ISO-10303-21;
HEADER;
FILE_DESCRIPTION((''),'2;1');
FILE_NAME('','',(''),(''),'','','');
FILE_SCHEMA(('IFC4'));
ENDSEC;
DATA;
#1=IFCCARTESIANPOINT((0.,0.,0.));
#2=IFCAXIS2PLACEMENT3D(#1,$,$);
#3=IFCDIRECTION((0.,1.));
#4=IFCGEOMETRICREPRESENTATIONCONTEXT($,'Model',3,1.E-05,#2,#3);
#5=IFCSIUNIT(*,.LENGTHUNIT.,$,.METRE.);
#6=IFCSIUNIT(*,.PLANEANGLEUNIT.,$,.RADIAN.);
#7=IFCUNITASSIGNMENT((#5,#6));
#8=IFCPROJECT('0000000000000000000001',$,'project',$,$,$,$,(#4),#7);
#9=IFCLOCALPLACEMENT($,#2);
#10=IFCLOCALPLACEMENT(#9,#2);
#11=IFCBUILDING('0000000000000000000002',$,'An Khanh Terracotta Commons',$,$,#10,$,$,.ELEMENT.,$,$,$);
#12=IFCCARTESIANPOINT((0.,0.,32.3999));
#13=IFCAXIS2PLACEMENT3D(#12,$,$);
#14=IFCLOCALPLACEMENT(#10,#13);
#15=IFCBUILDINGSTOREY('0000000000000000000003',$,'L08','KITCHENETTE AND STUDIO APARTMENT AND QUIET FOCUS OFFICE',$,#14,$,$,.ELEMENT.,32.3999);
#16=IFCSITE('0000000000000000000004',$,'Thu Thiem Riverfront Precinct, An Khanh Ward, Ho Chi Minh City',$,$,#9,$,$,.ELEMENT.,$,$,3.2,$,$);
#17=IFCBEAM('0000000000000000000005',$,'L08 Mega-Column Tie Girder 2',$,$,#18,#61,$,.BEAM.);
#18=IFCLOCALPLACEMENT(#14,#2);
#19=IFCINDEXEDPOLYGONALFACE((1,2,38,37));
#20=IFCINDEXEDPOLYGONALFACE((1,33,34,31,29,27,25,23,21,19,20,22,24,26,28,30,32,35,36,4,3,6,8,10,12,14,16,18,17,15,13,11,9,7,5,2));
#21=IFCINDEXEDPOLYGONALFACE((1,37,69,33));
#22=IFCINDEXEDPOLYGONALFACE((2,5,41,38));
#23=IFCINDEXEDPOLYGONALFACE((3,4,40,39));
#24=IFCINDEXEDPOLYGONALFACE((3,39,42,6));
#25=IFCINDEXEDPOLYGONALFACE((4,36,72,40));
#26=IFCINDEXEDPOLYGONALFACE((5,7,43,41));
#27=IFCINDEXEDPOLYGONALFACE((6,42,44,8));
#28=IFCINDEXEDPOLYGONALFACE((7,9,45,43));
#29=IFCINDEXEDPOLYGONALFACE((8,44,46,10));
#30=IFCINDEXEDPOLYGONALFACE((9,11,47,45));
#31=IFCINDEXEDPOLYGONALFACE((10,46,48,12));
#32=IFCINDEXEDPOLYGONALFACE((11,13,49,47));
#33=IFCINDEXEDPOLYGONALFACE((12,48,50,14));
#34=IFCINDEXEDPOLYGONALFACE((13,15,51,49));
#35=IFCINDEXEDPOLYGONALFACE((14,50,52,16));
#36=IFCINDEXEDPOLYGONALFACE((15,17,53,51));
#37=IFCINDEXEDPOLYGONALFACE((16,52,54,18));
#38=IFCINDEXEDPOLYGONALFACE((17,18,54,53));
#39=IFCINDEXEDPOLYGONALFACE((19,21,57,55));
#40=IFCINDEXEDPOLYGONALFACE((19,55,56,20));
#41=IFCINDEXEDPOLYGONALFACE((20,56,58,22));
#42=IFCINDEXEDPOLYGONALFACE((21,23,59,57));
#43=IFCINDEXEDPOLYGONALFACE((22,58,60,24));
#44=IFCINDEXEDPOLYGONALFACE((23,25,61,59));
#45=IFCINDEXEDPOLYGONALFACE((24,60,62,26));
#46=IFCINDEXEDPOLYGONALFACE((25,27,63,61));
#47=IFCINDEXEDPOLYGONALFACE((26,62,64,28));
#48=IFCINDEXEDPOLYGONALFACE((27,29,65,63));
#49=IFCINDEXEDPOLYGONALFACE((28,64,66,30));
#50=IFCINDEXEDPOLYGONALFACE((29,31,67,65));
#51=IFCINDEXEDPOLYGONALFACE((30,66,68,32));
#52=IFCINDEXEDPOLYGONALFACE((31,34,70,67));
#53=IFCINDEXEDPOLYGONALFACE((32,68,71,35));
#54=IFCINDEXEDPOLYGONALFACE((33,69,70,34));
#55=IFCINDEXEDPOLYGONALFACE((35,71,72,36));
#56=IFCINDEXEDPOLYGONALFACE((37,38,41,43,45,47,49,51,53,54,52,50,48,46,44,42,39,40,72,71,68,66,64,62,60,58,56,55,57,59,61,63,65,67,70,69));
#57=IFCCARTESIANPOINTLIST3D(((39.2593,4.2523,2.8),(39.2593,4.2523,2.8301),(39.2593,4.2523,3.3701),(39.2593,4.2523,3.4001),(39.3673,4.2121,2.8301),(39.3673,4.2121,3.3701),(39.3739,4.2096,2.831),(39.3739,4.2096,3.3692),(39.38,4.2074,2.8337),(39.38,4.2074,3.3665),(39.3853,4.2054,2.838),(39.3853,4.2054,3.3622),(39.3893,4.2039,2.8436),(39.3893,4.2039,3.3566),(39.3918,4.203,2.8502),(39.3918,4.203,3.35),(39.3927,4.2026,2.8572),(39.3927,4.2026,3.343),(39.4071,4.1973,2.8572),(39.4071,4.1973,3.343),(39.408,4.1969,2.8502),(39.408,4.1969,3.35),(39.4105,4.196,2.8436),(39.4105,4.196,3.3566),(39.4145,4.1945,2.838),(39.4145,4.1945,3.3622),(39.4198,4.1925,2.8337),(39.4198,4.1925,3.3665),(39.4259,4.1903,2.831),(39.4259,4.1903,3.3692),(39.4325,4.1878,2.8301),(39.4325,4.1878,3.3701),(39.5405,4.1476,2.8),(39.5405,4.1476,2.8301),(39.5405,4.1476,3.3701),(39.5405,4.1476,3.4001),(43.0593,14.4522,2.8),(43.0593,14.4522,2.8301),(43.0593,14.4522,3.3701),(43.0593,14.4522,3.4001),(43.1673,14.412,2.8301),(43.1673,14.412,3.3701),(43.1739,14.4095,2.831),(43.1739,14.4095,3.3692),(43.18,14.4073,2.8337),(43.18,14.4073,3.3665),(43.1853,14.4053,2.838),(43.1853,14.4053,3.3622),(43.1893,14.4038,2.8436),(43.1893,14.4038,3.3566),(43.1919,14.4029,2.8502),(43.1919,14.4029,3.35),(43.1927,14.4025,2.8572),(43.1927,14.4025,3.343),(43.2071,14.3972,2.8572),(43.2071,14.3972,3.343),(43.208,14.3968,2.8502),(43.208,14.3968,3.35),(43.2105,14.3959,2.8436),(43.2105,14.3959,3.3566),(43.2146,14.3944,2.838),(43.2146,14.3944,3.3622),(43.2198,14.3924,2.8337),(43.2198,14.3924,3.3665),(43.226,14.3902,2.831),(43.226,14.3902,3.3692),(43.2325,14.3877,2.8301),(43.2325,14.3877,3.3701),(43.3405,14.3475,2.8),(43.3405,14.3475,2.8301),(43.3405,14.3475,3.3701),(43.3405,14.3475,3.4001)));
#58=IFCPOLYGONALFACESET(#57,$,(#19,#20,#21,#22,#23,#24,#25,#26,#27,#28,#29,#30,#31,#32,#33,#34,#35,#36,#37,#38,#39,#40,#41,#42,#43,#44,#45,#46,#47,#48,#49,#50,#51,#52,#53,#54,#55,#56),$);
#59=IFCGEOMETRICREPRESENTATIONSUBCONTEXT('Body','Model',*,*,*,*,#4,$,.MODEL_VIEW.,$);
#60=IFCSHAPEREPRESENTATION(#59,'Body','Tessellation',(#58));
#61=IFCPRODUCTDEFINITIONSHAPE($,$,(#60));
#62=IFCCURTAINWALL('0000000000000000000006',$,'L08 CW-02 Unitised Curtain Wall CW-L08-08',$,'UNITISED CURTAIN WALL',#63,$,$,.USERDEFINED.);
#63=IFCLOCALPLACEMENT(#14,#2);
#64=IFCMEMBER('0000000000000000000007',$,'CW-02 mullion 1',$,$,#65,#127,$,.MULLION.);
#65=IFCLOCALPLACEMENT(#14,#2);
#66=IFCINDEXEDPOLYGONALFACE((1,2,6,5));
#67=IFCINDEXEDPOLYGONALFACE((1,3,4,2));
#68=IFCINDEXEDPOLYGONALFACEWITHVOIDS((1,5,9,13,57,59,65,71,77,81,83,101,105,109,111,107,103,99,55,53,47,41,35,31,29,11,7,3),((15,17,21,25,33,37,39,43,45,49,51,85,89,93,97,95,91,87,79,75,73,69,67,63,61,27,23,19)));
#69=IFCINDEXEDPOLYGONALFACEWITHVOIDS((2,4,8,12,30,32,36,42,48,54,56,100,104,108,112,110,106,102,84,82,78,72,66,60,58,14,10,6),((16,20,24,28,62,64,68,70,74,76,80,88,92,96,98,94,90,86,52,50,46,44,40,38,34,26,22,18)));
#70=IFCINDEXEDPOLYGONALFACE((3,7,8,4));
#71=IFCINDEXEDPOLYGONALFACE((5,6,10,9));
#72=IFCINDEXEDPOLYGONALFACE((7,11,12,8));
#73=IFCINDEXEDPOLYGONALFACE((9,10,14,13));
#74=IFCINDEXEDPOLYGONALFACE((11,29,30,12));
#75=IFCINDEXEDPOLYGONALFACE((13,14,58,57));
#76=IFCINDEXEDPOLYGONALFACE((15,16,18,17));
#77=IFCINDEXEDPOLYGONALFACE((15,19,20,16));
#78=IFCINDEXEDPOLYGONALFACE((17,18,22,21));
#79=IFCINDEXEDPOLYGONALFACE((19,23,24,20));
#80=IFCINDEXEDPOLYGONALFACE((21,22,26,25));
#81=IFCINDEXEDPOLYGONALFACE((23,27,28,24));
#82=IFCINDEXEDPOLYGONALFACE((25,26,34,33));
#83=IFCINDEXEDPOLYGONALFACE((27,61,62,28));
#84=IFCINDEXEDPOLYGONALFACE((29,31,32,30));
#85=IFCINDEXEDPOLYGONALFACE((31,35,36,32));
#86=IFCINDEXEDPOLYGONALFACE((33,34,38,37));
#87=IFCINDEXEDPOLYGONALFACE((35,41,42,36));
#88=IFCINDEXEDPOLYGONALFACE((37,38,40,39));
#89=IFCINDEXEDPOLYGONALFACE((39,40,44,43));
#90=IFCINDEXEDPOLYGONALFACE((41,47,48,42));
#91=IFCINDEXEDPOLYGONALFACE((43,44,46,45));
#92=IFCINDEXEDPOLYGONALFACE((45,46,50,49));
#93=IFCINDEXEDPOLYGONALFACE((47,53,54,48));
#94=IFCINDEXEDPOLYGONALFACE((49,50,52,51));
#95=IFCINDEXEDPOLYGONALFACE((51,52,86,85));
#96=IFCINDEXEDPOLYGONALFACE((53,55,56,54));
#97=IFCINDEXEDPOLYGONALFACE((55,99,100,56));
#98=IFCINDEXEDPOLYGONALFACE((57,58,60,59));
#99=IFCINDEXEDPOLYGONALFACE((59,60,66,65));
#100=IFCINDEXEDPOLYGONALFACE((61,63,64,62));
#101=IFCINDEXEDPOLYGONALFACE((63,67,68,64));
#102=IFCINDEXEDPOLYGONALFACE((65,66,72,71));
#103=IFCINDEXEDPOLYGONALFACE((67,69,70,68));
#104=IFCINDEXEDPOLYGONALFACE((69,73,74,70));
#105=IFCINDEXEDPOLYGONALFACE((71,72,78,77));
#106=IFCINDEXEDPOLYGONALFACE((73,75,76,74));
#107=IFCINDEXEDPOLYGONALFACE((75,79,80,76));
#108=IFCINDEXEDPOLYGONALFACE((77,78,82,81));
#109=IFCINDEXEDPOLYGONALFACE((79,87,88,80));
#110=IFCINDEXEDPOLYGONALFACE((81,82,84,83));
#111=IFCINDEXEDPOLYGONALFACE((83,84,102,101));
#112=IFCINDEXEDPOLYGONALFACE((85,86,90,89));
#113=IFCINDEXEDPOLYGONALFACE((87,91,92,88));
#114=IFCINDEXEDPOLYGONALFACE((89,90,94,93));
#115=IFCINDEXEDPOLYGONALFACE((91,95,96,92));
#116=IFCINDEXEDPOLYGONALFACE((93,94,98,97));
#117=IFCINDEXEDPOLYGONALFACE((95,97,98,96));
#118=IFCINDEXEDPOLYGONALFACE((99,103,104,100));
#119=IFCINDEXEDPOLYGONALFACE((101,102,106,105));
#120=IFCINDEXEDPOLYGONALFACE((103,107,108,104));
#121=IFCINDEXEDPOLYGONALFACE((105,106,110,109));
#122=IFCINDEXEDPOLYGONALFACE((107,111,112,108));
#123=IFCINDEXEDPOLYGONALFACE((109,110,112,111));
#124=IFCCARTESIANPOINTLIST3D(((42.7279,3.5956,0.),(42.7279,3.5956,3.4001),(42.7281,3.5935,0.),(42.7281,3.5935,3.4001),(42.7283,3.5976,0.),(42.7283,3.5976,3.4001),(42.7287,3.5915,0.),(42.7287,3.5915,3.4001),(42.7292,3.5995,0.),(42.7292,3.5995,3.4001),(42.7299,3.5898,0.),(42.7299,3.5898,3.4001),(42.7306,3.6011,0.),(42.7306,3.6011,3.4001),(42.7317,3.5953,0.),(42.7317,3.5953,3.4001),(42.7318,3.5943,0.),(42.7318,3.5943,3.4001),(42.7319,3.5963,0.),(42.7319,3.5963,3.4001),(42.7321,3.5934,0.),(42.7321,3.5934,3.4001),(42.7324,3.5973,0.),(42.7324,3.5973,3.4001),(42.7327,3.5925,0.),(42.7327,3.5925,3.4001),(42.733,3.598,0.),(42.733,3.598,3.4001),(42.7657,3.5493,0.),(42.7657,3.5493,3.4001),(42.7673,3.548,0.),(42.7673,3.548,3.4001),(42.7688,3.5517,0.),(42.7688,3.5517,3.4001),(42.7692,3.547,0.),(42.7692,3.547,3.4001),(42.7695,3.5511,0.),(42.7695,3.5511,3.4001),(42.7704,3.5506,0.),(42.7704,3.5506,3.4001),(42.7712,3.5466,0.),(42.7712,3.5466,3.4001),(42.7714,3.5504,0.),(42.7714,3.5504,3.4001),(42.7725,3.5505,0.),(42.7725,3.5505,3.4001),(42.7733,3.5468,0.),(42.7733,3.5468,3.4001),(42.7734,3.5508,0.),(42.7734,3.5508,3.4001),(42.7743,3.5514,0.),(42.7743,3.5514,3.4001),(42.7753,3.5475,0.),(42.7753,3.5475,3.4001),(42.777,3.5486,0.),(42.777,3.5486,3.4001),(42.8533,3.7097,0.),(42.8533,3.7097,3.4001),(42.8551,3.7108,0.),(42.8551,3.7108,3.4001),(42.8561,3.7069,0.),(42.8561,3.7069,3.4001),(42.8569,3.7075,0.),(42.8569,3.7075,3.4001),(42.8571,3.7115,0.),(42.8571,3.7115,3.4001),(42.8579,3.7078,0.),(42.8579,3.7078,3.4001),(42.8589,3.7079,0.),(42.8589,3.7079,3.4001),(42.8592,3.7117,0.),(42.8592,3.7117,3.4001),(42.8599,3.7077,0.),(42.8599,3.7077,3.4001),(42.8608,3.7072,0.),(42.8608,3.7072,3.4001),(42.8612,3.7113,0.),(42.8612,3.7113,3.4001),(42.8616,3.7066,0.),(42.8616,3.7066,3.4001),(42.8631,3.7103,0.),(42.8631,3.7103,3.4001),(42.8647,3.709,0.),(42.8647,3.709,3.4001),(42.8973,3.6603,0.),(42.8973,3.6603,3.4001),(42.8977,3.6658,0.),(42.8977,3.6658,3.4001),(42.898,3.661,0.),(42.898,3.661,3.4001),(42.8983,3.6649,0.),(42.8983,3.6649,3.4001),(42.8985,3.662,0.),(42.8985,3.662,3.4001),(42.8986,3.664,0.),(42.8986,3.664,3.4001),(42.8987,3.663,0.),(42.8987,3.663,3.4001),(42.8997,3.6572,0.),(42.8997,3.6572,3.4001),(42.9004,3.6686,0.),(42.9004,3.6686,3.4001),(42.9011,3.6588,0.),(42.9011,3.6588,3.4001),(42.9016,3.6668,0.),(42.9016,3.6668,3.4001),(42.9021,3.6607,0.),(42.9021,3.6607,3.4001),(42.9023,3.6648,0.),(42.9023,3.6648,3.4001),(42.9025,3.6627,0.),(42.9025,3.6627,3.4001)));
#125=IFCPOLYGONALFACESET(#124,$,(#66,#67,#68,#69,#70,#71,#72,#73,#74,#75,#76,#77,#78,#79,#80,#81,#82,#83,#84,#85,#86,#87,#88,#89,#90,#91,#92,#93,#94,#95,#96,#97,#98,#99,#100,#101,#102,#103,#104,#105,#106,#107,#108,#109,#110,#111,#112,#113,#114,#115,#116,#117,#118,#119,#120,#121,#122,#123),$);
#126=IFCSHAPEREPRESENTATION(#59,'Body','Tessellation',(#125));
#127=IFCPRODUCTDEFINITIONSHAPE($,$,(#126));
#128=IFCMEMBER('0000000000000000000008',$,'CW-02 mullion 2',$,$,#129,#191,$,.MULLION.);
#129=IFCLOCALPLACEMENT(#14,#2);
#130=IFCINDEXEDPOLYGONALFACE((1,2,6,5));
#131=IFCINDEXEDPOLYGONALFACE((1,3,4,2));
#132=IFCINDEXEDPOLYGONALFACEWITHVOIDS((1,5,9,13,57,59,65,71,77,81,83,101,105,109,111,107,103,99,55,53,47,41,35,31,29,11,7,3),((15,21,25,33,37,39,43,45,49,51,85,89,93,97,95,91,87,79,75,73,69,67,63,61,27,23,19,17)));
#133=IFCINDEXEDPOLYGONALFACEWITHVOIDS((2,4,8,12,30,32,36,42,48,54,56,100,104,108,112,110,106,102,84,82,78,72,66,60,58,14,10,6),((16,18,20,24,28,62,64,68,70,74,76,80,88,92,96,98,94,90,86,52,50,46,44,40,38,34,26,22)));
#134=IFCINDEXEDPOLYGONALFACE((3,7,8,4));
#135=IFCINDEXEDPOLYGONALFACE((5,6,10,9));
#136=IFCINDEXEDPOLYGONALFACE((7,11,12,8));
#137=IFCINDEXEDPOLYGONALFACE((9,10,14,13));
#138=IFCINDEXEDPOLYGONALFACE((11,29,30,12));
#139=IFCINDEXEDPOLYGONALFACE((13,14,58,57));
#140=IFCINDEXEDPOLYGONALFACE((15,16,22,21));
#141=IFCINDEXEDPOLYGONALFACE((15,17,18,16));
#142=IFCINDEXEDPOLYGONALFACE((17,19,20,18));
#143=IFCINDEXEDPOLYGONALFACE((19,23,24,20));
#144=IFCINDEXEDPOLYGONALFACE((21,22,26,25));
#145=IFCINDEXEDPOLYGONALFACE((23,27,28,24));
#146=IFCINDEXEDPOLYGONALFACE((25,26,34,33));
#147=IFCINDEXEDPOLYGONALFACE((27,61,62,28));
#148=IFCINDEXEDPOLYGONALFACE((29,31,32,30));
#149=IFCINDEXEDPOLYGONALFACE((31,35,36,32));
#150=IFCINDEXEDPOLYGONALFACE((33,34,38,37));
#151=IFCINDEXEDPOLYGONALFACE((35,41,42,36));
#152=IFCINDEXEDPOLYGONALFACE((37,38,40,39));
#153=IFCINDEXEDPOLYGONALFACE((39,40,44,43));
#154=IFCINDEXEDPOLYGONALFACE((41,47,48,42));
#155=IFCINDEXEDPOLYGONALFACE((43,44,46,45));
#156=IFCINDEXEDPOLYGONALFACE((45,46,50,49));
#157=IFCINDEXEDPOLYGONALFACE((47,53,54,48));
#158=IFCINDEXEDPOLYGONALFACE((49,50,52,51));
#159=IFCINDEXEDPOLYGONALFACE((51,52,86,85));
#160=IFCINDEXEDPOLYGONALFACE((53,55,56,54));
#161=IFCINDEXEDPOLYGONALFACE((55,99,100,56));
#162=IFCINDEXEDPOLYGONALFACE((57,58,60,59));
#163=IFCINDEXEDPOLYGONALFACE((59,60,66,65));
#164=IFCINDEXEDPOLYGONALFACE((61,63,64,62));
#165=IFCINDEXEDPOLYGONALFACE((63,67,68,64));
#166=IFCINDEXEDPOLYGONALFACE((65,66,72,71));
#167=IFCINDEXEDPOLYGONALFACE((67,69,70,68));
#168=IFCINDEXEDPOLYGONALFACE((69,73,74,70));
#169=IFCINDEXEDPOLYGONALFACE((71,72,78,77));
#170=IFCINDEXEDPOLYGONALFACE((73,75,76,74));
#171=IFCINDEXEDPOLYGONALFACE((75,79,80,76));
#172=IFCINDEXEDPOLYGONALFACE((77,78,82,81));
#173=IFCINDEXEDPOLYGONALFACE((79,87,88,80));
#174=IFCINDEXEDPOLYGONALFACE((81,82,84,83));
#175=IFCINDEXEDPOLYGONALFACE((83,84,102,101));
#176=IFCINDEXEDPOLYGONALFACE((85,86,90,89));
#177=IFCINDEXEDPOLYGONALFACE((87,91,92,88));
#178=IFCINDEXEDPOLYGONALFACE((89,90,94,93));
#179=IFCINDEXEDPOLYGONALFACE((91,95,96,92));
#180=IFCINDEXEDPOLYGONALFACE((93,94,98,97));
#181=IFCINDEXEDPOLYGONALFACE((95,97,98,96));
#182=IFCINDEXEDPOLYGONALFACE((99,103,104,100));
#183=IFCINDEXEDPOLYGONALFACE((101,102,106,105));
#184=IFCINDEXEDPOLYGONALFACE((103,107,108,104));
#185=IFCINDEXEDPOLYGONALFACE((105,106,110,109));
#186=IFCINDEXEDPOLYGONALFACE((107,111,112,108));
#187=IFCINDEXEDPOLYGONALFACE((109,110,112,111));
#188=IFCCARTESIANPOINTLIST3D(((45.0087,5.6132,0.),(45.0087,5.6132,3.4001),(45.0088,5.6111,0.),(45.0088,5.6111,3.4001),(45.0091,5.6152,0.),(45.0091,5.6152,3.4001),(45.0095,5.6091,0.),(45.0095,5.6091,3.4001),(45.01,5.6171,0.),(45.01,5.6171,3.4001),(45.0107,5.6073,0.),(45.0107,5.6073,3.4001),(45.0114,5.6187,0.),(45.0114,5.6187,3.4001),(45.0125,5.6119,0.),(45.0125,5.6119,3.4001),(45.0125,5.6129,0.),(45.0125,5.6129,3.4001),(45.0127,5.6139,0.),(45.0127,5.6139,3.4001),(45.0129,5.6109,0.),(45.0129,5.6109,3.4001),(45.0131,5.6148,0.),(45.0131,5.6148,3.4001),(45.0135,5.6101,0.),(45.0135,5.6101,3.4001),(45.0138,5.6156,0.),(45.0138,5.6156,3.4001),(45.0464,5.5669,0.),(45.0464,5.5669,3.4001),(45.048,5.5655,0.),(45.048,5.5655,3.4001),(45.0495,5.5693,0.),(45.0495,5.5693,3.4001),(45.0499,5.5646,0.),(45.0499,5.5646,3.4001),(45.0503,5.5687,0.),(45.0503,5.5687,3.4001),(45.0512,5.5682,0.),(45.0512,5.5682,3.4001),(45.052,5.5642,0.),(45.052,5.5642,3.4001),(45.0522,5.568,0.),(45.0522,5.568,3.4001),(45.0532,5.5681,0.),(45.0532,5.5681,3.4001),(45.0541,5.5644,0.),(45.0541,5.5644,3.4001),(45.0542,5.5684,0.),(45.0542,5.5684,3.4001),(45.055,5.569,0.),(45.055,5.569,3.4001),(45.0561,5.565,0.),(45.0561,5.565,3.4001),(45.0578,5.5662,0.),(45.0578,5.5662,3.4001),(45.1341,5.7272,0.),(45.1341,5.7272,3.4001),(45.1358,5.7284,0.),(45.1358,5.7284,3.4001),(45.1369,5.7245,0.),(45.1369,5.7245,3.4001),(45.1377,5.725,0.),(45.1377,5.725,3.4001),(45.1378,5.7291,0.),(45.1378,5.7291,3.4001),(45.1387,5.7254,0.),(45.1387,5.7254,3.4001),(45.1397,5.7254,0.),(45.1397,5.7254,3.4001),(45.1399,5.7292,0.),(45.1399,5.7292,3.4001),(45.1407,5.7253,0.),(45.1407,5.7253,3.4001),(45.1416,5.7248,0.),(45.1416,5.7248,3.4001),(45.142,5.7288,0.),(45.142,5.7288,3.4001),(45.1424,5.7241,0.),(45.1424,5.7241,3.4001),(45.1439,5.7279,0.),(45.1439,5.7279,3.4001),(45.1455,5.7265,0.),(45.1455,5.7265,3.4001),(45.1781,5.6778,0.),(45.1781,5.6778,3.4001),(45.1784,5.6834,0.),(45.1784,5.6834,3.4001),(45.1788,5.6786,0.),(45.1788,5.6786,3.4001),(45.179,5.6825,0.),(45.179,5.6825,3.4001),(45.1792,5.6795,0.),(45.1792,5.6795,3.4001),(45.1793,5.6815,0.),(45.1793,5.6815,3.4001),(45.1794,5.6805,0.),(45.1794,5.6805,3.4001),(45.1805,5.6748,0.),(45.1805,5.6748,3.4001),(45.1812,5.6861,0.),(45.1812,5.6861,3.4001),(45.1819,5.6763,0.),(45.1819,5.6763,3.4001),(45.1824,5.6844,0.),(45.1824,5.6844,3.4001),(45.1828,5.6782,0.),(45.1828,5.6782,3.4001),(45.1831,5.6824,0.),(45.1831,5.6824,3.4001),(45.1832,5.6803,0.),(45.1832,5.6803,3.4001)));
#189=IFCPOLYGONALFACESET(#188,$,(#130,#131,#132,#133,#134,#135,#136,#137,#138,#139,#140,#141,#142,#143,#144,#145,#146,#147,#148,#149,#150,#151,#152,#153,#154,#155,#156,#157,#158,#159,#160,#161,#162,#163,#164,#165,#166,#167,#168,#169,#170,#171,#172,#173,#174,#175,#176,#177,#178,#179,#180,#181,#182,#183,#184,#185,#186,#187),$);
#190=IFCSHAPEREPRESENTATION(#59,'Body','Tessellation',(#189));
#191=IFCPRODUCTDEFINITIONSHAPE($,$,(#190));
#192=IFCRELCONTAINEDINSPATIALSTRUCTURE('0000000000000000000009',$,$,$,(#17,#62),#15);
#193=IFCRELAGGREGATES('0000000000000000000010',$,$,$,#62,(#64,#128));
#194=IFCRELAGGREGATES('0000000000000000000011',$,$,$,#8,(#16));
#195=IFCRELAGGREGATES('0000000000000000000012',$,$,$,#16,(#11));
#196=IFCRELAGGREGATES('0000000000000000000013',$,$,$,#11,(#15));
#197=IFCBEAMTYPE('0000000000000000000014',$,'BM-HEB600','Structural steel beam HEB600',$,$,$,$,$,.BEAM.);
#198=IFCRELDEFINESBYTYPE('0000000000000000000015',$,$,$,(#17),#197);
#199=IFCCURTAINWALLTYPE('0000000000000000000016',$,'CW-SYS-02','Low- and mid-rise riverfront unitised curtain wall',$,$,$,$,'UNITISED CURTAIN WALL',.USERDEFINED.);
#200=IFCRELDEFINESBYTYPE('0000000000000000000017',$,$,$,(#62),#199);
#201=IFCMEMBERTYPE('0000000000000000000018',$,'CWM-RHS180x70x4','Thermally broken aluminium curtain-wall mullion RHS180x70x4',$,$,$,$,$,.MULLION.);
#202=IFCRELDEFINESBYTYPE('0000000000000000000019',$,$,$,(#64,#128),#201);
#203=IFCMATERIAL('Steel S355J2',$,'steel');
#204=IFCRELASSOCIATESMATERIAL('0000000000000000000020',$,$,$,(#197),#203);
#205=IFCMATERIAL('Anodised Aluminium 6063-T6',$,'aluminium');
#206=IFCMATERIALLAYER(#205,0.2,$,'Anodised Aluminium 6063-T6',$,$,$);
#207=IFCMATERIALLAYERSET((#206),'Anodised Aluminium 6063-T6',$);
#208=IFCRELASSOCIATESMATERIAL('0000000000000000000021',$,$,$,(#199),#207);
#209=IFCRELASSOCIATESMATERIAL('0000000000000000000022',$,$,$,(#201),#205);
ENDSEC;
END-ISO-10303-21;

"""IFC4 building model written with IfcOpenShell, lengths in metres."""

from ifc_helpers import new_model, si_unit, direction, frame, origin, origin_2d, place, context, subcontext, project, spatial, hollow_rectangle, i_section, extrude, material, layer, layer_set, material_profile, profile_set, type_object, element, aggregate, save


model = new_model("IFC4")

# Units and contexts
model_context = context("Model", 3, precision=1e-05, world=origin(), true_north=direction((0.0, 1.0)))
body_context = subcontext(model_context, "Body", "Model", "MODEL_VIEW")
ifc_project = project(units=[si_unit("LENGTHUNIT", "METRE"), si_unit("PLANEANGLEUNIT", "RADIAN")], contexts=[model_context])

# Site, building, storey
site_placement = place(None, origin())
site = spatial("IfcSite", under=ifc_project, at=site_placement, Name="Thu Thiem Riverfront Precinct, An Khanh Ward, Ho Chi Minh City", CompositionType="ELEMENT", RefElevation=3.2)
building_placement = place(site_placement, origin())
building = spatial("IfcBuilding", under=site, at=building_placement, Name="An Khanh Terracotta Commons", CompositionType="ELEMENT")
storey_placement = place(building_placement, frame((0.0, 0.0, 32.3999)))
storey = spatial("IfcBuildingStorey", under=building, at=storey_placement, Name="L08", Description="KITCHENETTE AND STUDIO APARTMENT AND QUIET FOCUS OFFICE", CompositionType="ELEMENT", Elevation=32.3999)

# Beam
ifc_material_1 = material(Name="Steel S355J2", Category="steel")
ifc_material_profile_1 = material_profile(ifc_material_1, i_section(OverallWidth=0.3, OverallDepth=0.6001, WebThickness=0.0154, FlangeThickness=0.03, FilletRadius=0.0271, at=origin_2d()), Name="HEB600")
ifc_profile_set_1 = profile_set([ifc_material_profile_1], Name="Steel S355J2")
beam_type_1 = type_object("IfcBeamType", Name="BM-HEB600", Description="Structural steel beam HEB600", PredefinedType="BEAM", material=ifc_profile_set_1)
beam_1_placement = place(storey_placement, frame((39.3999, 4.2, 3.1001), z_axis=(0.349114, 0.93708, 0.0), x_axis=(-0.93708, 0.349114, 0.0)))
element("IfcBeam", 1, at=beam_1_placement, inside=storey, type_object=beam_type_1, Name="L08 Mega-Column Tie Girder 2", PredefinedType="BEAM", context=body_context, shape_type="SweptSolid", body=[
    extrude(i_section(OverallWidth=0.3, OverallDepth=0.6001, WebThickness=0.0154, FlangeThickness=0.03, FilletRadius=0.0271, at=origin_2d()), origin(), (0.0, 0.0, 1.0), 10.8848),
])

# Curtain wall, members
ifc_material_2 = material(Name="Anodised Aluminium 6063-T6", Category="aluminium")
ifc_layer_1 = layer(ifc_material_2, 0.2, Name="Anodised Aluminium 6063-T6")
ifc_layer_set_1 = layer_set([ifc_layer_1], Name="Anodised Aluminium 6063-T6")
curtain_wall_type = type_object("IfcCurtainWallType", Name="CW-SYS-02", Description="Low- and mid-rise riverfront unitised curtain wall", ElementType="UNITISED CURTAIN WALL", PredefinedType="USERDEFINED", material=ifc_layer_set_1)
curtain_wall_1_placement = place(storey_placement, origin())
curtain_wall_1 = element("IfcCurtainWall", 2, at=curtain_wall_1_placement, inside=storey, type_object=curtain_wall_type, Name="L08 CW-02 Unitised Curtain Wall CW-L08-08", ObjectType="UNITISED CURTAIN WALL", PredefinedType="USERDEFINED")
ifc_material_profile_2 = material_profile(ifc_material_2, hollow_rectangle(XDim=0.0701, YDim=0.1799, WallThickness=0.0039, InnerFilletRadius=0.0039, OuterFilletRadius=0.0081, at=origin_2d()), Name="RHS180x70x4")
ifc_profile_set_2 = profile_set([ifc_material_profile_2], Name="Anodised Aluminium 6063-T6")
member_type_1 = type_object("IfcMemberType", Name="CWM-RHS180x70x4", Description="Thermally broken aluminium curtain-wall mullion RHS180x70x4", PredefinedType="MULLION", material=ifc_profile_set_2)
member_1_placement = place(storey_placement, frame((42.8152, 3.6292, 0.0), z_axis=(0.0, 0.0, 1.0), x_axis=(-0.662548, 0.749019, 0.0)))
member_1 = element("IfcMember", 3, at=member_1_placement, type_object=member_type_1, Name="CW-02 mullion 1", PredefinedType="MULLION", context=body_context, shape_type="SweptSolid", body=[
    extrude(hollow_rectangle(XDim=0.0701, YDim=0.1799, WallThickness=0.0039, InnerFilletRadius=0.0039, OuterFilletRadius=0.0081, at=origin_2d()), origin(), (0.0, 0.0, 1.0), 3.4001),
])
member_2_placement = place(storey_placement, frame((45.0959, 5.6467, 0.0), z_axis=(0.0, 0.0, 1.0), x_axis=(-0.662548, 0.749019, 0.0)))
member_2 = element("IfcMember", 4, at=member_2_placement, type_object=member_type_1, Name="CW-02 mullion 2", PredefinedType="MULLION", context=body_context, shape_type="SweptSolid", body=[
    extrude(hollow_rectangle(XDim=0.0701, YDim=0.1799, WallThickness=0.0039, InnerFilletRadius=0.0039, OuterFilletRadius=0.0081, at=origin_2d()), origin(), (0.0, 0.0, 1.0), 3.4001),
])

aggregate(curtain_wall_1, [member_1, member_2])

save(model, "model.ifc")
